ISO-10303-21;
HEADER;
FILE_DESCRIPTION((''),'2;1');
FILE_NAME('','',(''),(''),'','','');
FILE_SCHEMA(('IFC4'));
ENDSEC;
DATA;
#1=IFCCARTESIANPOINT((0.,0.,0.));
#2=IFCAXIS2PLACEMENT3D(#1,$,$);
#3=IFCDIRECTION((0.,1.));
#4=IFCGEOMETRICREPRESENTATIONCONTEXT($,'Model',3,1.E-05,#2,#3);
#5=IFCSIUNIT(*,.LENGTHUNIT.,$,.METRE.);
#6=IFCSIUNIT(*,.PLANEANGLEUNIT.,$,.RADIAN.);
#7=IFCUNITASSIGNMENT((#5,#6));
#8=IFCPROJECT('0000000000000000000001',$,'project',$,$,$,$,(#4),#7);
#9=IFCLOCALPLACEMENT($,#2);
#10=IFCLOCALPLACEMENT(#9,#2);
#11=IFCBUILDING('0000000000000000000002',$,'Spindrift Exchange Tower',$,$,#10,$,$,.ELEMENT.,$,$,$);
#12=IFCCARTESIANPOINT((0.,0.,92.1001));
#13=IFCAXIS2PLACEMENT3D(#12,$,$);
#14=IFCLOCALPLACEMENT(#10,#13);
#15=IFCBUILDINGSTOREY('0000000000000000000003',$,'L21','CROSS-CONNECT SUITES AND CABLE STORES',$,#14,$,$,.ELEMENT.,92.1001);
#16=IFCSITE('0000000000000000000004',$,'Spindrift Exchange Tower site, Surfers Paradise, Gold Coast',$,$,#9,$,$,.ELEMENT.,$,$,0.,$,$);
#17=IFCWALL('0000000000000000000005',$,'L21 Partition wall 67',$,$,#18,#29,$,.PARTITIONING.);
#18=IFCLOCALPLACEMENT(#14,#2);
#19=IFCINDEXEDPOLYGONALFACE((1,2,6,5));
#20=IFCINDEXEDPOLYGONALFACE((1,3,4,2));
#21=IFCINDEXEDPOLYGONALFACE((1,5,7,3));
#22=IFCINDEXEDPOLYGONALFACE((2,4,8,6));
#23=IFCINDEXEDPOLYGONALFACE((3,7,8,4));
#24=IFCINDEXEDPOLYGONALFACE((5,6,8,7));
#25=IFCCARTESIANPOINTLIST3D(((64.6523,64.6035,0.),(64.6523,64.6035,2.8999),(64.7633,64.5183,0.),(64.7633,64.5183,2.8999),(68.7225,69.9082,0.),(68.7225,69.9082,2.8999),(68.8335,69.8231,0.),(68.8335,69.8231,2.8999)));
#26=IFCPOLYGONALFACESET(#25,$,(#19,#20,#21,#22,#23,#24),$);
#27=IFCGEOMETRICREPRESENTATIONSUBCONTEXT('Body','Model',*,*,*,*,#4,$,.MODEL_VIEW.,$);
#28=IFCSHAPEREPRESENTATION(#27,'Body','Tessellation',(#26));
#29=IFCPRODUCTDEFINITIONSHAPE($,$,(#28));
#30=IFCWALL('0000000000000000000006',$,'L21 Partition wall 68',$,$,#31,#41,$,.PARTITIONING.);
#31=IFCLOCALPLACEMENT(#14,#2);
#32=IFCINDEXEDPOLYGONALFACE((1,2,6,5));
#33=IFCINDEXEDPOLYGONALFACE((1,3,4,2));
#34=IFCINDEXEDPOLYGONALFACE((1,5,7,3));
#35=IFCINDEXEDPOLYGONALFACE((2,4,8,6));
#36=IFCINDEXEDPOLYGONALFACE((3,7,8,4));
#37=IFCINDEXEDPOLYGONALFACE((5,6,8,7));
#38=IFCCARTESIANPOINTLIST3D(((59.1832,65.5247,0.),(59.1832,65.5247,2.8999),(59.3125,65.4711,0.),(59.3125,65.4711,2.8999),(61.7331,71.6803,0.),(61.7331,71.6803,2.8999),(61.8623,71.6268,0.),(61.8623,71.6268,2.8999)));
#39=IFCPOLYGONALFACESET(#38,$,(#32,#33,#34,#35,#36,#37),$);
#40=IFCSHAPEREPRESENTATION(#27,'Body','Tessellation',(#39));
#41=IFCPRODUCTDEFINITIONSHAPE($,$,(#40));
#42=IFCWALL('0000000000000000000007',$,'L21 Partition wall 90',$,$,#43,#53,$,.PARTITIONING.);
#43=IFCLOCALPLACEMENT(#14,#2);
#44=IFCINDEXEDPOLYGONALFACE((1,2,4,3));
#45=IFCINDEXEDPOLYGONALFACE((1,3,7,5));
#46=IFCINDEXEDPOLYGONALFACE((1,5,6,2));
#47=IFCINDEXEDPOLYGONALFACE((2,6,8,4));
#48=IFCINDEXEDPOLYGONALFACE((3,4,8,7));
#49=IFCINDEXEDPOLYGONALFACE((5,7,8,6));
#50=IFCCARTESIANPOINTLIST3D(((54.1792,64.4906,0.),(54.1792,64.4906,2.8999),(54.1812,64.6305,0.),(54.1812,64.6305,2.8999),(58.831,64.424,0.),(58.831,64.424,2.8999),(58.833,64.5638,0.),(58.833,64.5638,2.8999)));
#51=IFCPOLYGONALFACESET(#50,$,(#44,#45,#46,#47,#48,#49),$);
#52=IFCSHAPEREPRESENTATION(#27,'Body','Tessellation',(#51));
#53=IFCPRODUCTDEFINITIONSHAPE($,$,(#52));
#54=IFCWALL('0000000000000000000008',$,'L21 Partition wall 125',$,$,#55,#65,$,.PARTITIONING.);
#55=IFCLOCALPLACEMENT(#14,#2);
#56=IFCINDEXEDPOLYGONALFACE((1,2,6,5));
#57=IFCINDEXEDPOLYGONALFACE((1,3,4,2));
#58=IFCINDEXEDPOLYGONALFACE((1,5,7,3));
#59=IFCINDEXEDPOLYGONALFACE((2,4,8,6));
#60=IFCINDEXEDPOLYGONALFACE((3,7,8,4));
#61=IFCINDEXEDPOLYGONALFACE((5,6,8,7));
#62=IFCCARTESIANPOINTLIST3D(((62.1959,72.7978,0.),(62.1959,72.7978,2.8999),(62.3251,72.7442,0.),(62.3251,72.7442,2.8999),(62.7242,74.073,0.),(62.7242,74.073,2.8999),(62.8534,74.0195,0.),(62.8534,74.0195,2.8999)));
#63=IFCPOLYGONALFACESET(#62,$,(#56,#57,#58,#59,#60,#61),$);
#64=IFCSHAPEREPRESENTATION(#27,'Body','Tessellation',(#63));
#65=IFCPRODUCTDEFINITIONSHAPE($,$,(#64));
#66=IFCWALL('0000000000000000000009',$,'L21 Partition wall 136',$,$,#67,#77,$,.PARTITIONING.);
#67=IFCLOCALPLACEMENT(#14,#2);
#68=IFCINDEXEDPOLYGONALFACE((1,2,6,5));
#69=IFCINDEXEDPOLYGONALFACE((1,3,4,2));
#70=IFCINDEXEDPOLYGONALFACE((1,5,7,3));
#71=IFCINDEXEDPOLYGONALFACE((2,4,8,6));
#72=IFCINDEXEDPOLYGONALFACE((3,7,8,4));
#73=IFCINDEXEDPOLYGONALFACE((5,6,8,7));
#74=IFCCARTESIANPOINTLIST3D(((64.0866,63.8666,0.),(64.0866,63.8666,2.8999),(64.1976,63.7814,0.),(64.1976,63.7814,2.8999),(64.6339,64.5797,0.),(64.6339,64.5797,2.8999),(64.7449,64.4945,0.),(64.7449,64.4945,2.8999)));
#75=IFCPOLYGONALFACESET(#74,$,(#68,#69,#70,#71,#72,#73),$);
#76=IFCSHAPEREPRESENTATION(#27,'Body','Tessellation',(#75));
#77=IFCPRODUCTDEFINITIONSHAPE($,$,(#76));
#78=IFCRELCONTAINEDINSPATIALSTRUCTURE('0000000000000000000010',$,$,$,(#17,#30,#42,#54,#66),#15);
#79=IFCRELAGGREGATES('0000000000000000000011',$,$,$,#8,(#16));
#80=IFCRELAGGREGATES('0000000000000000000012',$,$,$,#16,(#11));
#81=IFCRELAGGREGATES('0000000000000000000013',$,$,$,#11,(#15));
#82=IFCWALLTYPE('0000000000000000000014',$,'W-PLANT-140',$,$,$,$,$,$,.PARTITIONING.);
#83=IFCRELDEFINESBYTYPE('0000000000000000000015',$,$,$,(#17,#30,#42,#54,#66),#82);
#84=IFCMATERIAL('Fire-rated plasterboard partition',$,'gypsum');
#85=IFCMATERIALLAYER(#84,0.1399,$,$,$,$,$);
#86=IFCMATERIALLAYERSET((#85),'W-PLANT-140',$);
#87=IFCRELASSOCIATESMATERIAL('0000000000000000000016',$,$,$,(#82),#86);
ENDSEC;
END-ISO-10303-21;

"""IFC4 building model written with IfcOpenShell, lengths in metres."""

from ifc_helpers import new_model, si_unit, direction, frame, frame_2d, origin, place, context, subcontext, project, spatial, rectangle, extrude, material, layer, layer_set, type_object, element, save


model = new_model("IFC4")

# Units and contexts
model_context = context("Model", 3, precision=1e-05, world=origin(), true_north=direction((0.0, 1.0)))
body_context = subcontext(model_context, "Body", "Model", "MODEL_VIEW")
ifc_project = project(units=[si_unit("LENGTHUNIT", "METRE"), si_unit("PLANEANGLEUNIT", "RADIAN")], contexts=[model_context])

# Site, building, storey
site_placement = place(None, origin())
site = spatial("IfcSite", under=ifc_project, at=site_placement, Name="Spindrift Exchange Tower site, Surfers Paradise, Gold Coast", CompositionType="ELEMENT", RefElevation=0.0)
building_placement = place(site_placement, origin())
building = spatial("IfcBuilding", under=site, at=building_placement, Name="Spindrift Exchange Tower", CompositionType="ELEMENT")
storey_placement = place(building_placement, frame((0.0, 0.0, 92.1001)))
storey = spatial("IfcBuildingStorey", under=building, at=storey_placement, Name="L21", Description="CROSS-CONNECT SUITES AND CABLE STORES", CompositionType="ELEMENT", Elevation=92.1001)

# Walls
ifc_material_1 = material(Name="Fire-rated plasterboard partition", Category="gypsum")
ifc_layer_1 = layer(ifc_material_1, 0.1399)
ifc_layer_set_1 = layer_set([ifc_layer_1], Name="W-PLANT-140")
wall_type = type_object("IfcWallType", Name="W-PLANT-140", PredefinedType="PARTITIONING", material=ifc_layer_set_1)
wall_1_placement = place(storey_placement, frame((64.7078, 64.5608, 0.0), z_axis=(0.0, 0.0, 1.0), x_axis=(0.608727, 0.793379, 0.0)))
element("IfcWall", 1, at=wall_1_placement, inside=storey, type_object=wall_type, Name="L21 Partition wall 67", PredefinedType="PARTITIONING", context=body_context, shape_type="SweptSolid", body=[
    extrude(rectangle(XDim=6.6863, YDim=0.1399, at=frame_2d((3.3433, 0.0))), origin(), (0.0, 0.0, 1.0), 2.8999),
])
wall_2_placement = place(storey_placement, frame((59.2478, 65.4978, 0.0), z_axis=(0.0, 0.0, 1.0), x_axis=(0.382697, 0.923874, 0.0)))
element("IfcWall", 2, at=wall_2_placement, inside=storey, type_object=wall_type, Name="L21 Partition wall 68", PredefinedType="PARTITIONING", context=body_context, shape_type="SweptSolid", body=[
    extrude(rectangle(XDim=6.6628, YDim=0.1399, at=frame_2d((3.3315, 0.0))), origin(), (0.0, 0.0, 1.0), 2.8999),
])
wall_3_placement = place(storey_placement, frame((58.832, 64.4939, 0.0), z_axis=(0.0, 0.0, 1.0), x_axis=(-0.999897, 0.014326, 0.0)))
element("IfcWall", 3, at=wall_3_placement, inside=storey, type_object=wall_type, Name="L21 Partition wall 90", PredefinedType="PARTITIONING", context=body_context, shape_type="SweptSolid", body=[
    extrude(rectangle(XDim=4.6523, YDim=0.1399, at=frame_2d((2.3262, 0.0))), origin(), (0.0, 0.0, 1.0), 2.8999),
])
wall_4_placement = place(storey_placement, frame((62.2605, 72.771, 0.0), z_axis=(0.0, 0.0, 1.0), x_axis=(0.382706, 0.92387, 0.0)))
element("IfcWall", 4, at=wall_4_placement, inside=storey, type_object=wall_type, Name="L21 Partition wall 125", PredefinedType="PARTITIONING", context=body_context, shape_type="SweptSolid", body=[
    extrude(rectangle(XDim=1.3804, YDim=0.1399, at=frame_2d((0.6902, 0.0))), origin(), (0.0, 0.0, 1.0), 2.8999),
])
wall_5_placement = place(storey_placement, frame((64.1421, 63.824, 0.0), z_axis=(0.0, 0.0, 1.0), x_axis=(0.60887, 0.79327, 0.0)))
element("IfcWall", 5, at=wall_5_placement, inside=storey, type_object=wall_type, Name="L21 Partition wall 136", PredefinedType="PARTITIONING", context=body_context, shape_type="SweptSolid", body=[
    extrude(rectangle(XDim=0.8989, YDim=0.1399, at=frame_2d((0.4495, 0.0))), origin(), (0.0, 0.0, 1.0), 2.8999),
])

save(model, "model.ifc")
